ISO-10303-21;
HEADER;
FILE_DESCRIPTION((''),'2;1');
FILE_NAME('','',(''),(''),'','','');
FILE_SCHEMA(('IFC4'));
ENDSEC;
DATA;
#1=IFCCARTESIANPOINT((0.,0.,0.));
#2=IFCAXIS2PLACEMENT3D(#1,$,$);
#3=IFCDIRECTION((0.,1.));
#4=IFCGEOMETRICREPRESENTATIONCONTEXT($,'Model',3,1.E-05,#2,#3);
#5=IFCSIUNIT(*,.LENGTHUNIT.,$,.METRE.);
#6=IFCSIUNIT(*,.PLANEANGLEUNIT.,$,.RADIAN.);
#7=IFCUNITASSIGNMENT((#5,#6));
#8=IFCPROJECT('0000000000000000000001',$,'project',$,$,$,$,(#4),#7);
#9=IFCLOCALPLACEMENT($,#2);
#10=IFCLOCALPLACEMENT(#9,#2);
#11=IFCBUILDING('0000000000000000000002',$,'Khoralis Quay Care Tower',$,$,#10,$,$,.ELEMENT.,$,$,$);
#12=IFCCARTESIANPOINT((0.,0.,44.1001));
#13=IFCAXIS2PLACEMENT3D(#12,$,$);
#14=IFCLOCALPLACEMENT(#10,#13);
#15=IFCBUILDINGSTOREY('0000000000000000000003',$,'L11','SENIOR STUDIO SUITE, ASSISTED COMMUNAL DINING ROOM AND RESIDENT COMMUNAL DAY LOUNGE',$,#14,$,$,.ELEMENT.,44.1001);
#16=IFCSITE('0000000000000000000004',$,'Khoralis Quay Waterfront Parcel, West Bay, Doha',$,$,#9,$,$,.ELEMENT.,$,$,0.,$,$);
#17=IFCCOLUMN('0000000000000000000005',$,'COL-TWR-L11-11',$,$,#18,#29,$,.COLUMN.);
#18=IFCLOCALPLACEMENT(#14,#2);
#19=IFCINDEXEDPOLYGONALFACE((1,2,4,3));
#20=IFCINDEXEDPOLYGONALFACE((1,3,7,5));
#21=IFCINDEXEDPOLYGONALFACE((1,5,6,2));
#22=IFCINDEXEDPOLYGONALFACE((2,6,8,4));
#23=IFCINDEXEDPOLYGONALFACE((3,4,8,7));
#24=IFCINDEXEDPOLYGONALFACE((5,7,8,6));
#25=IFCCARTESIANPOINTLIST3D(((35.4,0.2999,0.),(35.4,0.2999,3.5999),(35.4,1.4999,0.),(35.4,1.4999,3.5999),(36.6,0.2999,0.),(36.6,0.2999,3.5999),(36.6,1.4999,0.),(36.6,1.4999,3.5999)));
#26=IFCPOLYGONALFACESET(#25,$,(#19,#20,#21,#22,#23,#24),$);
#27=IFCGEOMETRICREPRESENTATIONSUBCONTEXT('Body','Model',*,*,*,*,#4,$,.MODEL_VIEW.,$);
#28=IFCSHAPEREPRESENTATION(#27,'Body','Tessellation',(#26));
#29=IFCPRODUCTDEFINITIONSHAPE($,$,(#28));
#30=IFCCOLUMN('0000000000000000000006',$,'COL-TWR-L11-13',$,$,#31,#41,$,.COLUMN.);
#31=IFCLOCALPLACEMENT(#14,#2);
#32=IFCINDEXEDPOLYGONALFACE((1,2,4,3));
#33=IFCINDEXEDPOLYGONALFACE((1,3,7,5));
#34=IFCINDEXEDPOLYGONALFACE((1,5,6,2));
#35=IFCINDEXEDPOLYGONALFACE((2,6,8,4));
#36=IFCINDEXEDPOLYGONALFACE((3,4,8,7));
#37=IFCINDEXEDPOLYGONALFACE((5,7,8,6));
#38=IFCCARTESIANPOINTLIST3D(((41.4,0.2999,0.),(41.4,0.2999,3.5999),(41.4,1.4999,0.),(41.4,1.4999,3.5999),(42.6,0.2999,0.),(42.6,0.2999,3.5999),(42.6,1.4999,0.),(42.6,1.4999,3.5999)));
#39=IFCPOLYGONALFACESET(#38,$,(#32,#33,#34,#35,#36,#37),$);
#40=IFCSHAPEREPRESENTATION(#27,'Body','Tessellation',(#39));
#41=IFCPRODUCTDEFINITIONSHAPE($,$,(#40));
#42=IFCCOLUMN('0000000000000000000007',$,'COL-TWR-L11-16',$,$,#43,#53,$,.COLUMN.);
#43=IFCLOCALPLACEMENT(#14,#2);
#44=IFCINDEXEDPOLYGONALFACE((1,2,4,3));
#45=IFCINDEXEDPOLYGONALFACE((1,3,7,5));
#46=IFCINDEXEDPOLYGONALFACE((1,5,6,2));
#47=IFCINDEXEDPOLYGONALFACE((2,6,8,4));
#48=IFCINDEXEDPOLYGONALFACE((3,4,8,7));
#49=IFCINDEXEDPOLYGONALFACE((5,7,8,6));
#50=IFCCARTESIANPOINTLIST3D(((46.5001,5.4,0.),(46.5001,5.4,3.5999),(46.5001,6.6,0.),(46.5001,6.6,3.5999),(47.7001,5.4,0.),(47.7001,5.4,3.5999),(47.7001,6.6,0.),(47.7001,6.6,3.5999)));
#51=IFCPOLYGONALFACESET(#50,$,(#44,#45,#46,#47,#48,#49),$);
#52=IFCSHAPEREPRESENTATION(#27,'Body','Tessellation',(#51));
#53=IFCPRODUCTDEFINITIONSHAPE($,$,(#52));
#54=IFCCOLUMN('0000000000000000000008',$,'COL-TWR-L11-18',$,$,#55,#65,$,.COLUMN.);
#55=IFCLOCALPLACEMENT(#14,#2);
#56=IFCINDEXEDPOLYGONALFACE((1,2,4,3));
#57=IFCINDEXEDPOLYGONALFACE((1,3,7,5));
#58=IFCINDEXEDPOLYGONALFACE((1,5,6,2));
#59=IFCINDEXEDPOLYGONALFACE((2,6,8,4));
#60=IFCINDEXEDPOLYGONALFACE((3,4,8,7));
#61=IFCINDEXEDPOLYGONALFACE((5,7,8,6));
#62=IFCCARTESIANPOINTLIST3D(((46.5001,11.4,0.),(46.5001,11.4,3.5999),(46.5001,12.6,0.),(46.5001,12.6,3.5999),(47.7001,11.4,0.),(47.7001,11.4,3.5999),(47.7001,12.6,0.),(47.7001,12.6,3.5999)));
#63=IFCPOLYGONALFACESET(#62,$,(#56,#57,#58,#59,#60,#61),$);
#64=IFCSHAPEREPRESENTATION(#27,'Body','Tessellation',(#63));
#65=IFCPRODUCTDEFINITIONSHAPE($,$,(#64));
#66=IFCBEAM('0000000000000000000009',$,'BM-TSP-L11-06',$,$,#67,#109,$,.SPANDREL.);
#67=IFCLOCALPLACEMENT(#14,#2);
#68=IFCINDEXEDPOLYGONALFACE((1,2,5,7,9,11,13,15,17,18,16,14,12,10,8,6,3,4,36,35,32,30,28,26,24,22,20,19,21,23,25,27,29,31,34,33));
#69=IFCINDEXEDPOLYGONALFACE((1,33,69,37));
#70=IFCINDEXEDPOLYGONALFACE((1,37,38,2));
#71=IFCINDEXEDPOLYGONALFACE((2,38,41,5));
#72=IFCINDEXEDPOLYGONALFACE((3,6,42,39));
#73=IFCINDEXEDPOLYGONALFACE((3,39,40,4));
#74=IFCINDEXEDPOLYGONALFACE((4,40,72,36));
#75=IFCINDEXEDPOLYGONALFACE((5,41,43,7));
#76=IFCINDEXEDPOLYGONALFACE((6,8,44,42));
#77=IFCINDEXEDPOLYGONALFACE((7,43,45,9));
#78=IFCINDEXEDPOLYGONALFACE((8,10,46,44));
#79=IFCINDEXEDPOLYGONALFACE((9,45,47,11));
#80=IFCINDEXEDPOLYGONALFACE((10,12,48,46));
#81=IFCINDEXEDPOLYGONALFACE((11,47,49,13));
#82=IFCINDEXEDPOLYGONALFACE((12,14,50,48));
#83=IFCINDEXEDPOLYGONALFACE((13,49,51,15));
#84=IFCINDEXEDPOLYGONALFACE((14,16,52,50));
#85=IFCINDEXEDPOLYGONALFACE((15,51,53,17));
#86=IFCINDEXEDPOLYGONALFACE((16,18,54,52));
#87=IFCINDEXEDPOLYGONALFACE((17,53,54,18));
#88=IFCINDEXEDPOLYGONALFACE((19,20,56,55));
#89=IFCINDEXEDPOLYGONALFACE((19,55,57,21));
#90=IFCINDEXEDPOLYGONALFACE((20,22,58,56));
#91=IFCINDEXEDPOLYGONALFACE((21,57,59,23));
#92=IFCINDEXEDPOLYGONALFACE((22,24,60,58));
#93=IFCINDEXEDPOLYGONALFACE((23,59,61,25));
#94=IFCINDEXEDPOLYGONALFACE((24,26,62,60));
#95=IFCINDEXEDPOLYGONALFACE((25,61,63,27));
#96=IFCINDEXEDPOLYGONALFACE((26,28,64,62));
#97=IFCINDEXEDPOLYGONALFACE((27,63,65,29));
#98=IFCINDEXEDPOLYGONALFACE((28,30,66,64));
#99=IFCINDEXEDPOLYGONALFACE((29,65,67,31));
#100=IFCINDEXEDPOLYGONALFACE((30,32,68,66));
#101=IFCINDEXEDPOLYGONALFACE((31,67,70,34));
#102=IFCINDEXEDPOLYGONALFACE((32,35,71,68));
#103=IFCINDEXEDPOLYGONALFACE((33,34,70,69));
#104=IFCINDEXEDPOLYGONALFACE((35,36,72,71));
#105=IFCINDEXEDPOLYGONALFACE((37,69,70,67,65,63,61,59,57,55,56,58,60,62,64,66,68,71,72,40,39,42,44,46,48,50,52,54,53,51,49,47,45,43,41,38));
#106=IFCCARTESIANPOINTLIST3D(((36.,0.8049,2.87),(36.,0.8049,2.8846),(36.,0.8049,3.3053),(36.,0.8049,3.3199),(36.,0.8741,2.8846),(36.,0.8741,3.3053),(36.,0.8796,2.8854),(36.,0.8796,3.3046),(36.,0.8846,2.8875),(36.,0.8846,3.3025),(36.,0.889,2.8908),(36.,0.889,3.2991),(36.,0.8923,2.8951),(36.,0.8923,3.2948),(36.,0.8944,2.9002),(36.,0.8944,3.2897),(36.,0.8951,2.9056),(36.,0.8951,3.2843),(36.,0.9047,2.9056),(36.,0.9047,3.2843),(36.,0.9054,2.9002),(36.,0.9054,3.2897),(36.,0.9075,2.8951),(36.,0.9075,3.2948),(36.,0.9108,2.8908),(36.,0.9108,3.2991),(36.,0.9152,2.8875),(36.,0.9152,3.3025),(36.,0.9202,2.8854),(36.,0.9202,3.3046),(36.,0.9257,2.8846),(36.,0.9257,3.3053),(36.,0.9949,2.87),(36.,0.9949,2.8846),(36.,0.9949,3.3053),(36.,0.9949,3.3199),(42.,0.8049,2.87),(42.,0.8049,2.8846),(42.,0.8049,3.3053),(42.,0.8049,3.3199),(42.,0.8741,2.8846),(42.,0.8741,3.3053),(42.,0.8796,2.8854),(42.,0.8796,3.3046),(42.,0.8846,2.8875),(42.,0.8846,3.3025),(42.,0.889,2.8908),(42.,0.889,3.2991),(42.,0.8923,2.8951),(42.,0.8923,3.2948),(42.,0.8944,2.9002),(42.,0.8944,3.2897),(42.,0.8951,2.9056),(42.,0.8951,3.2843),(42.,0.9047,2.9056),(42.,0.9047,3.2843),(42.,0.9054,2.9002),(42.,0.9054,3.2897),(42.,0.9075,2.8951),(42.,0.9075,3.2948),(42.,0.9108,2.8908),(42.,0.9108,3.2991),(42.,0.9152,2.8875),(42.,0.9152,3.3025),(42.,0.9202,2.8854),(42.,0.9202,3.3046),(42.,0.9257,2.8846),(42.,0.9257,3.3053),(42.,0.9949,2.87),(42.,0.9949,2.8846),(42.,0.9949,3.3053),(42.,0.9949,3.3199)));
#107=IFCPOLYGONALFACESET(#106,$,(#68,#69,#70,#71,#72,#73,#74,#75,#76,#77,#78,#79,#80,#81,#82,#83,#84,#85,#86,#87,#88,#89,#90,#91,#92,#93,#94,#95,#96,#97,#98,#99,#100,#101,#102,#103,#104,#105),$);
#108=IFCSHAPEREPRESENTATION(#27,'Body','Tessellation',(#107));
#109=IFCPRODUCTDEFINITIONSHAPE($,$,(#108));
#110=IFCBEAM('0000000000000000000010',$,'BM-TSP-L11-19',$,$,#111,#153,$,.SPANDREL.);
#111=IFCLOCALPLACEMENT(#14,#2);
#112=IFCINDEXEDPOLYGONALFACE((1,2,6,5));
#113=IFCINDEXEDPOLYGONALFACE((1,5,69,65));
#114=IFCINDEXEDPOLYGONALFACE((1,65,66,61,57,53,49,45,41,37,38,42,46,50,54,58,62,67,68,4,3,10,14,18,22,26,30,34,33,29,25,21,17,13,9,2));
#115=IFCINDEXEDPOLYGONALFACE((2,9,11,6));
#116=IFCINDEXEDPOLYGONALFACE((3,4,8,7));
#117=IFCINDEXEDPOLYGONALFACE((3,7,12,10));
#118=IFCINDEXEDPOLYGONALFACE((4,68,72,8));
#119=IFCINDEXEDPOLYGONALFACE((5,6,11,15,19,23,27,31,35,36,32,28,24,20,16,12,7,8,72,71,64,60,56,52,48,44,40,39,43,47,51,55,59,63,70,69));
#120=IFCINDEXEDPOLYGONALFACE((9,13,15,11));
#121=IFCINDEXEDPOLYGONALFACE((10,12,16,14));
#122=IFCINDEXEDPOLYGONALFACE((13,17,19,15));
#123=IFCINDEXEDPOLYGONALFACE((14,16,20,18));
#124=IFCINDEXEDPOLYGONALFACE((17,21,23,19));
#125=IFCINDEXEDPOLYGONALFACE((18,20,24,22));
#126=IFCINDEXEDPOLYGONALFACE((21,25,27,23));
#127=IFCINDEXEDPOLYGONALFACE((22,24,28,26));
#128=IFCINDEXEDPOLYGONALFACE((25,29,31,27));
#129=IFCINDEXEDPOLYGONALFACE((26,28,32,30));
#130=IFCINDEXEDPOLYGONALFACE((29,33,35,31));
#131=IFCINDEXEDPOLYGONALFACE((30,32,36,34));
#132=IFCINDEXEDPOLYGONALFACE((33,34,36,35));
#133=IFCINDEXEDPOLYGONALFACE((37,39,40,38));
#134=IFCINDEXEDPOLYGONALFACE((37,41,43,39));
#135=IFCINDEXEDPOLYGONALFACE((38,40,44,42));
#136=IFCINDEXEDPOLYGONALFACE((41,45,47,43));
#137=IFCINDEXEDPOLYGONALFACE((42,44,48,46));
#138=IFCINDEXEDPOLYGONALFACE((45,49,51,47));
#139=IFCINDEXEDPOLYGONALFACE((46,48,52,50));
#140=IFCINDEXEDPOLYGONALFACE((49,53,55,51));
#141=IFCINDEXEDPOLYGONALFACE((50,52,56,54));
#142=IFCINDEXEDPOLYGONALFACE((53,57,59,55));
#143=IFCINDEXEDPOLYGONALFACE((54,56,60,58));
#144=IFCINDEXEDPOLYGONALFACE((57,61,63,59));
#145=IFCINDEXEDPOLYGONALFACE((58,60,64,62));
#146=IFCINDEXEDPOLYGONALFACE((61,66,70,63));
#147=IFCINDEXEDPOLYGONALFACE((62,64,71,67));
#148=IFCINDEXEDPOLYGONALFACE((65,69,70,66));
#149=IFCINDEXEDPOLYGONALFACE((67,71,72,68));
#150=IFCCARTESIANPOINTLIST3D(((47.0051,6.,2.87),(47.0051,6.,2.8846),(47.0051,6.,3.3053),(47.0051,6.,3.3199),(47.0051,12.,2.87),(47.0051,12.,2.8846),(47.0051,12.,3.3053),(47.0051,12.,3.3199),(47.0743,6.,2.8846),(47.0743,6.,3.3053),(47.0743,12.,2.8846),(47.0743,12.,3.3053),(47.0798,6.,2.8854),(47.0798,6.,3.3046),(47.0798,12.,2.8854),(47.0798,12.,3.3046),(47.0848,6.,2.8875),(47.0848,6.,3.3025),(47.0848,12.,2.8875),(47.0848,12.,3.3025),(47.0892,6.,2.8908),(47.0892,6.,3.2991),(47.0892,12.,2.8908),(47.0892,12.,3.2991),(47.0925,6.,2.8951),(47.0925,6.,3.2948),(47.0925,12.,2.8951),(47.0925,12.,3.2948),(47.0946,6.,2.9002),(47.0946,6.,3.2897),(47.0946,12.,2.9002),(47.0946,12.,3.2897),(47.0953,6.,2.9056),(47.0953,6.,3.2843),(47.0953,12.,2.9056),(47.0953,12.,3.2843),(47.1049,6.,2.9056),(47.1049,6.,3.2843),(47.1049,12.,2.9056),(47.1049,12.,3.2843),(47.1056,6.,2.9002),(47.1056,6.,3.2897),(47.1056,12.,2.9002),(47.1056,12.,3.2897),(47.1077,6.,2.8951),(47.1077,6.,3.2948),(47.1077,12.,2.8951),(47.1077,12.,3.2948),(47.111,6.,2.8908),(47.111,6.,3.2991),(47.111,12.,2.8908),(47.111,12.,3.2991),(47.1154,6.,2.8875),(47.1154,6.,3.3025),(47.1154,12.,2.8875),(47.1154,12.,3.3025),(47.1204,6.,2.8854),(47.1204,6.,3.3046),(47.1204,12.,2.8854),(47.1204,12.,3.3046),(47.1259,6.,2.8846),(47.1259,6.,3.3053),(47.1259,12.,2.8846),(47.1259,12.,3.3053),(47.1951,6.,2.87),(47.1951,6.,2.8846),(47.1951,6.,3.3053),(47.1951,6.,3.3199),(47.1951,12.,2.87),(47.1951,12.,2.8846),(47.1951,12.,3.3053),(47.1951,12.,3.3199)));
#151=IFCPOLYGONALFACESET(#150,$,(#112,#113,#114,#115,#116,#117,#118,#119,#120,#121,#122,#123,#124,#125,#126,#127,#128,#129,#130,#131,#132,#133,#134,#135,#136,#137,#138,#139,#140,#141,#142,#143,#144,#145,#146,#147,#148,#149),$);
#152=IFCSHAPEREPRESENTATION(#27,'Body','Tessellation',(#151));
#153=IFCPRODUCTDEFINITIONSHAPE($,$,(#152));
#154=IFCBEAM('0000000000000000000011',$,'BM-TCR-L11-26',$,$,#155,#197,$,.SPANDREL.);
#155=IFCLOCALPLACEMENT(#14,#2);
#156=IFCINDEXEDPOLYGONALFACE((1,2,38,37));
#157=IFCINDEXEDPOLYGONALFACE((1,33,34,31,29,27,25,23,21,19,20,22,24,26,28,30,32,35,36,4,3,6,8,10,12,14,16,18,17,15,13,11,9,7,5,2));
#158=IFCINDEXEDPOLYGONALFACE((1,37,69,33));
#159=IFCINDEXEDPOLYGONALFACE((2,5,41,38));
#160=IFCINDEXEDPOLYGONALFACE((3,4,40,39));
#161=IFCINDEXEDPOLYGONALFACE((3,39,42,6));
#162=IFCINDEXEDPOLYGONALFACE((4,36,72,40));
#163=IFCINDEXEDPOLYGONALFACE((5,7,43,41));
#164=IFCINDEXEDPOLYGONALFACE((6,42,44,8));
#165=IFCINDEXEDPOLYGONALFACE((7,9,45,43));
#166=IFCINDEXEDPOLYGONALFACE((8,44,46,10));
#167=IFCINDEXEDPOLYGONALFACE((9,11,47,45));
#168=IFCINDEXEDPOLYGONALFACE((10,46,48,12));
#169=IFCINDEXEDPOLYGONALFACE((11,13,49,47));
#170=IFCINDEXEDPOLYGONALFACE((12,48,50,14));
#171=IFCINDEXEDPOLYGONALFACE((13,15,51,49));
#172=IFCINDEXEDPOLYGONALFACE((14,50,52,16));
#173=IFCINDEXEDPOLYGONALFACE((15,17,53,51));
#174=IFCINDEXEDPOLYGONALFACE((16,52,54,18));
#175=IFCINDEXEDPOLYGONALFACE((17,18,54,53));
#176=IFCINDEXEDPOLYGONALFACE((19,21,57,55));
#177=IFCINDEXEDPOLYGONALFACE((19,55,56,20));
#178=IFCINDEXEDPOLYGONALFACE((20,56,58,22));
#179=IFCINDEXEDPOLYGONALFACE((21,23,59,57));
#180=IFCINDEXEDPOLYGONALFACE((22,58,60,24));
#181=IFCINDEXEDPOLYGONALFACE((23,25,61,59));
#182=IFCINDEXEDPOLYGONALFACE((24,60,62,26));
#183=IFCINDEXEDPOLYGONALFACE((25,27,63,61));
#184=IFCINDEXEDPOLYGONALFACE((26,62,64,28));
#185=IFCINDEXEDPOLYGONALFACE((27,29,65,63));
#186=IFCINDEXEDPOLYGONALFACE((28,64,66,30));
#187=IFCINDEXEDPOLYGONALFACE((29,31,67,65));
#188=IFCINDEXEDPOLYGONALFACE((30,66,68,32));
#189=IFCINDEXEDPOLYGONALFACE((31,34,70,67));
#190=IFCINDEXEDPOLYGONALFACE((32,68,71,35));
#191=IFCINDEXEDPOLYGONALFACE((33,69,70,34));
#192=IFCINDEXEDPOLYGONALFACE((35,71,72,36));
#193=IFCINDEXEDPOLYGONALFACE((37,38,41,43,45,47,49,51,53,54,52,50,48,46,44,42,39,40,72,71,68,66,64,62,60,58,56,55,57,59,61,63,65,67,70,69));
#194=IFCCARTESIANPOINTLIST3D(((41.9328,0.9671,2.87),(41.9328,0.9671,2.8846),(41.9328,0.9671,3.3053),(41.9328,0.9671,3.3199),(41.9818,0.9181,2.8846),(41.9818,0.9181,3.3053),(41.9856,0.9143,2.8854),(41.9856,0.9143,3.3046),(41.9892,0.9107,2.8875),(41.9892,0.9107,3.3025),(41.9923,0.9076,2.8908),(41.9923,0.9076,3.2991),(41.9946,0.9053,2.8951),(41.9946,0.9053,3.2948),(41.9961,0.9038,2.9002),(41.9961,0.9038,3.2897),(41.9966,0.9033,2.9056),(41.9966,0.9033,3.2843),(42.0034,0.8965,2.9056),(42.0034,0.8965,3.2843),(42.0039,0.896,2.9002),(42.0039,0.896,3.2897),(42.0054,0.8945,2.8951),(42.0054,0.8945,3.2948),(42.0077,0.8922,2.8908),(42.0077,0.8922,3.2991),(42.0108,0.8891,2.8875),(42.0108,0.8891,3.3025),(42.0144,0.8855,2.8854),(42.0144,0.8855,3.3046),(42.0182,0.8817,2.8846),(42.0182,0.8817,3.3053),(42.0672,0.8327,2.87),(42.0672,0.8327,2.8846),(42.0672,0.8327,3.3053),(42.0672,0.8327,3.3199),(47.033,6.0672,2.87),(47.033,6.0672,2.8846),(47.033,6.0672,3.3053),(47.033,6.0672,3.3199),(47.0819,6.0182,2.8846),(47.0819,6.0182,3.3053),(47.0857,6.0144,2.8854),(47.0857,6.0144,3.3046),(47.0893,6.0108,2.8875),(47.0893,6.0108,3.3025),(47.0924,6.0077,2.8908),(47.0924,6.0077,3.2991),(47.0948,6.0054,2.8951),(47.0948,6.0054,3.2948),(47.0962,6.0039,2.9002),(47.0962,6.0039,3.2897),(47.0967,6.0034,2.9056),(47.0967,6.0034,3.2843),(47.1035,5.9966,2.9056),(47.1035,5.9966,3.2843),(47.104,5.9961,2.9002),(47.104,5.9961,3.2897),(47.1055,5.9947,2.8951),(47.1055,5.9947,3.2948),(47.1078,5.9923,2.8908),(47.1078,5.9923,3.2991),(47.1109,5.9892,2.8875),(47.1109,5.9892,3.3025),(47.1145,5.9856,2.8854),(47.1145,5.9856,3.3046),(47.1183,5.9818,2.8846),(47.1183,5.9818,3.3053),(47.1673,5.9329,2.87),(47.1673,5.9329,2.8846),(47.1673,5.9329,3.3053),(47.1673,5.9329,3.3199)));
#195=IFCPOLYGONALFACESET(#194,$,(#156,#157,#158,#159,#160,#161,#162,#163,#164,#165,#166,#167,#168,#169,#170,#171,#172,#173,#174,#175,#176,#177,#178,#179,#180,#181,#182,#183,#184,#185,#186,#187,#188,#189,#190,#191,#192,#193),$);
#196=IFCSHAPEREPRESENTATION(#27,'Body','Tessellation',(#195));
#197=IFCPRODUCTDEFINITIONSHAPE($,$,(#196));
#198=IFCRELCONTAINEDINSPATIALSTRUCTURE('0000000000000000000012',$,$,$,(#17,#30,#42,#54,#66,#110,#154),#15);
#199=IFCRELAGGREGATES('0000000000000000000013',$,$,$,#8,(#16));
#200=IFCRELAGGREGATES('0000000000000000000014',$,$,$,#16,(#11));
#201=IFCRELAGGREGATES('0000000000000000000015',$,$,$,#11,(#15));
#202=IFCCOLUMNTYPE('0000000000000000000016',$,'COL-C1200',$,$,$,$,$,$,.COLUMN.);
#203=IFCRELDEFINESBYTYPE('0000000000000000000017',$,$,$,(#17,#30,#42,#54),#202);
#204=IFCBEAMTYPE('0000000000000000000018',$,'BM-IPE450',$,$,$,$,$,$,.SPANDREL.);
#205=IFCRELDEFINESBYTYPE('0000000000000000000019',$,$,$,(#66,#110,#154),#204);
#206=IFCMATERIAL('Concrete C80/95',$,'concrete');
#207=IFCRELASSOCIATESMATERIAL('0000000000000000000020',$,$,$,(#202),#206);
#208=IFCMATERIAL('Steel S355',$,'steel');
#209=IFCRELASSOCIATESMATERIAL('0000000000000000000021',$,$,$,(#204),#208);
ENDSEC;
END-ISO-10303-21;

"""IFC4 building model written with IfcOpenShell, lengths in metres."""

from ifc_helpers import new_model, si_unit, direction, frame, origin, origin_2d, place, context, subcontext, project, spatial, rectangle, i_section, extrude, source, transform, mapped, material, material_profile, profile_set, type_object, element, save


model = new_model("IFC4")

# Units and contexts
model_context = context("Model", 3, precision=1e-05, world=origin(), true_north=direction((0.0, 1.0)))
body_context = subcontext(model_context, "Body", "Model", "MODEL_VIEW")
ifc_project = project(units=[si_unit("LENGTHUNIT", "METRE"), si_unit("PLANEANGLEUNIT", "RADIAN")], contexts=[model_context])

# Site, building, storey
site_placement = place(None, origin())
site = spatial("IfcSite", under=ifc_project, at=site_placement, Name="Khoralis Quay Waterfront Parcel, West Bay, Doha", CompositionType="ELEMENT", RefElevation=0.0)
building_placement = place(site_placement, origin())
building = spatial("IfcBuilding", under=site, at=building_placement, Name="Khoralis Quay Care Tower", CompositionType="ELEMENT")
storey_placement = place(building_placement, frame((0.0, 0.0, 44.1001)))
storey = spatial("IfcBuildingStorey", under=building, at=storey_placement, Name="L11", Description="SENIOR STUDIO SUITE, ASSISTED COMMUNAL DINING ROOM AND RESIDENT COMMUNAL DAY LOUNGE", CompositionType="ELEMENT", Elevation=44.1001)

# Columns
ifc_material_1 = material(Name="Concrete C80/95", Category="concrete")
ifc_material_profile_1 = material_profile(ifc_material_1, rectangle(XDim=1.2, YDim=1.2, at=origin_2d()), Name="Concrete C80/95")
ifc_profile_set_1 = profile_set([ifc_material_profile_1], Name="Concrete C80/95")
column_type = type_object("IfcColumnType", Name="COL-C1200", PredefinedType="COLUMN", material=ifc_profile_set_1)
shared_shape_1 = source(origin(), body_context, "Body", "SweptSolid", [
    extrude(rectangle(XDim=1.2, YDim=1.2, at=origin_2d()), origin(), (0.0, 0.0, 1.0), 3.5999),
])
for number, where, z_axis, x_axis, name in (
    (1, (36.0, 0.8999, 0.0), (0.0, 0.0, 1.0), (1.0, 0.0, 0.0), "COL-TWR-L11-11"),
    (2, (42.0, 0.8999, 0.0), (0.0, 0.0, 1.0), (1.0, 0.0, 0.0), "COL-TWR-L11-13"),
    (3, (47.1001, 6.0, 0.0), (0.0, 0.0, 1.0), (1.0, 0.0, 0.0), "COL-TWR-L11-16"),
    (4, (47.1001, 12.0, 0.0), (0.0, 0.0, 1.0), (1.0, 0.0, 0.0), "COL-TWR-L11-18"),
):
    element("IfcColumn", number, at=place(storey_placement, frame(where, z_axis=z_axis, x_axis=x_axis)), inside=storey, type_object=column_type, Name=name, PredefinedType="COLUMN", context=body_context, shape_type="MappedRepresentation", body=[
        mapped(shared_shape_1, transform((0.0, 0.0, 0.0), scale=1.0)),
    ])

# Beams
ifc_material_2 = material(Name="Steel S355", Category="steel")
ifc_material_profile_2 = material_profile(ifc_material_2, i_section(OverallWidth=0.1899, OverallDepth=0.45, WebThickness=0.0095, FlangeThickness=0.0146, FilletRadius=0.021, at=origin_2d()), Name="Steel S355")
ifc_profile_set_2 = profile_set([ifc_material_profile_2], Name="Steel S355")
beam_type_1 = type_object("IfcBeamType", Name="BM-IPE450", PredefinedType="SPANDREL", material=ifc_profile_set_2)
shared_shape_2 = source(origin(), body_context, "Body", "SweptSolid", [
    extrude(i_section(OverallWidth=0.1899, OverallDepth=0.45, WebThickness=0.0095, FlangeThickness=0.0146, FilletRadius=0.021, at=origin_2d()), origin(), (0.0, 0.0, 1.0), 6.0),
])
for number, where, z_axis, x_axis, name in (
    (5, (36.0, 0.8999, 3.095), (1.0, 0.0, 0.0), (0.0, 1.0, 0.0), "BM-TSP-L11-06"),
    (6, (47.1001, 6.0, 3.095), (0.0, 1.0, 0.0), (-1.0, 0.0, 0.0), "BM-TSP-L11-19"),
):
    element("IfcBeam", number, at=place(storey_placement, frame(where, z_axis=z_axis, x_axis=x_axis)), inside=storey, type_object=beam_type_1, Name=name, PredefinedType="SPANDREL", context=body_context, shape_type="MappedRepresentation", body=[
        mapped(shared_shape_2, transform((0.0, 0.0, 0.0), scale=1.0)),
    ])
shared_shape_3 = source(origin(), body_context, "Body", "SweptSolid", [
    extrude(i_section(OverallWidth=0.1899, OverallDepth=0.45, WebThickness=0.0095, FlangeThickness=0.0146, FilletRadius=0.021, at=origin_2d()), origin(), (0.0, 0.0, 1.0), 7.2126),
])
beam_1_placement = place(storey_placement, frame((42.0, 0.8999, 3.095), z_axis=(0.707107, 0.707107, 0.0), x_axis=(-0.707107, 0.707107, 0.0)))
element("IfcBeam", 7, at=beam_1_placement, inside=storey, type_object=beam_type_1, Name="BM-TCR-L11-26", PredefinedType="SPANDREL", context=body_context, shape_type="MappedRepresentation", body=[
    mapped(shared_shape_3, transform((0.0, 0.0, 0.0), scale=1.0)),
])

save(model, "model.ifc")
